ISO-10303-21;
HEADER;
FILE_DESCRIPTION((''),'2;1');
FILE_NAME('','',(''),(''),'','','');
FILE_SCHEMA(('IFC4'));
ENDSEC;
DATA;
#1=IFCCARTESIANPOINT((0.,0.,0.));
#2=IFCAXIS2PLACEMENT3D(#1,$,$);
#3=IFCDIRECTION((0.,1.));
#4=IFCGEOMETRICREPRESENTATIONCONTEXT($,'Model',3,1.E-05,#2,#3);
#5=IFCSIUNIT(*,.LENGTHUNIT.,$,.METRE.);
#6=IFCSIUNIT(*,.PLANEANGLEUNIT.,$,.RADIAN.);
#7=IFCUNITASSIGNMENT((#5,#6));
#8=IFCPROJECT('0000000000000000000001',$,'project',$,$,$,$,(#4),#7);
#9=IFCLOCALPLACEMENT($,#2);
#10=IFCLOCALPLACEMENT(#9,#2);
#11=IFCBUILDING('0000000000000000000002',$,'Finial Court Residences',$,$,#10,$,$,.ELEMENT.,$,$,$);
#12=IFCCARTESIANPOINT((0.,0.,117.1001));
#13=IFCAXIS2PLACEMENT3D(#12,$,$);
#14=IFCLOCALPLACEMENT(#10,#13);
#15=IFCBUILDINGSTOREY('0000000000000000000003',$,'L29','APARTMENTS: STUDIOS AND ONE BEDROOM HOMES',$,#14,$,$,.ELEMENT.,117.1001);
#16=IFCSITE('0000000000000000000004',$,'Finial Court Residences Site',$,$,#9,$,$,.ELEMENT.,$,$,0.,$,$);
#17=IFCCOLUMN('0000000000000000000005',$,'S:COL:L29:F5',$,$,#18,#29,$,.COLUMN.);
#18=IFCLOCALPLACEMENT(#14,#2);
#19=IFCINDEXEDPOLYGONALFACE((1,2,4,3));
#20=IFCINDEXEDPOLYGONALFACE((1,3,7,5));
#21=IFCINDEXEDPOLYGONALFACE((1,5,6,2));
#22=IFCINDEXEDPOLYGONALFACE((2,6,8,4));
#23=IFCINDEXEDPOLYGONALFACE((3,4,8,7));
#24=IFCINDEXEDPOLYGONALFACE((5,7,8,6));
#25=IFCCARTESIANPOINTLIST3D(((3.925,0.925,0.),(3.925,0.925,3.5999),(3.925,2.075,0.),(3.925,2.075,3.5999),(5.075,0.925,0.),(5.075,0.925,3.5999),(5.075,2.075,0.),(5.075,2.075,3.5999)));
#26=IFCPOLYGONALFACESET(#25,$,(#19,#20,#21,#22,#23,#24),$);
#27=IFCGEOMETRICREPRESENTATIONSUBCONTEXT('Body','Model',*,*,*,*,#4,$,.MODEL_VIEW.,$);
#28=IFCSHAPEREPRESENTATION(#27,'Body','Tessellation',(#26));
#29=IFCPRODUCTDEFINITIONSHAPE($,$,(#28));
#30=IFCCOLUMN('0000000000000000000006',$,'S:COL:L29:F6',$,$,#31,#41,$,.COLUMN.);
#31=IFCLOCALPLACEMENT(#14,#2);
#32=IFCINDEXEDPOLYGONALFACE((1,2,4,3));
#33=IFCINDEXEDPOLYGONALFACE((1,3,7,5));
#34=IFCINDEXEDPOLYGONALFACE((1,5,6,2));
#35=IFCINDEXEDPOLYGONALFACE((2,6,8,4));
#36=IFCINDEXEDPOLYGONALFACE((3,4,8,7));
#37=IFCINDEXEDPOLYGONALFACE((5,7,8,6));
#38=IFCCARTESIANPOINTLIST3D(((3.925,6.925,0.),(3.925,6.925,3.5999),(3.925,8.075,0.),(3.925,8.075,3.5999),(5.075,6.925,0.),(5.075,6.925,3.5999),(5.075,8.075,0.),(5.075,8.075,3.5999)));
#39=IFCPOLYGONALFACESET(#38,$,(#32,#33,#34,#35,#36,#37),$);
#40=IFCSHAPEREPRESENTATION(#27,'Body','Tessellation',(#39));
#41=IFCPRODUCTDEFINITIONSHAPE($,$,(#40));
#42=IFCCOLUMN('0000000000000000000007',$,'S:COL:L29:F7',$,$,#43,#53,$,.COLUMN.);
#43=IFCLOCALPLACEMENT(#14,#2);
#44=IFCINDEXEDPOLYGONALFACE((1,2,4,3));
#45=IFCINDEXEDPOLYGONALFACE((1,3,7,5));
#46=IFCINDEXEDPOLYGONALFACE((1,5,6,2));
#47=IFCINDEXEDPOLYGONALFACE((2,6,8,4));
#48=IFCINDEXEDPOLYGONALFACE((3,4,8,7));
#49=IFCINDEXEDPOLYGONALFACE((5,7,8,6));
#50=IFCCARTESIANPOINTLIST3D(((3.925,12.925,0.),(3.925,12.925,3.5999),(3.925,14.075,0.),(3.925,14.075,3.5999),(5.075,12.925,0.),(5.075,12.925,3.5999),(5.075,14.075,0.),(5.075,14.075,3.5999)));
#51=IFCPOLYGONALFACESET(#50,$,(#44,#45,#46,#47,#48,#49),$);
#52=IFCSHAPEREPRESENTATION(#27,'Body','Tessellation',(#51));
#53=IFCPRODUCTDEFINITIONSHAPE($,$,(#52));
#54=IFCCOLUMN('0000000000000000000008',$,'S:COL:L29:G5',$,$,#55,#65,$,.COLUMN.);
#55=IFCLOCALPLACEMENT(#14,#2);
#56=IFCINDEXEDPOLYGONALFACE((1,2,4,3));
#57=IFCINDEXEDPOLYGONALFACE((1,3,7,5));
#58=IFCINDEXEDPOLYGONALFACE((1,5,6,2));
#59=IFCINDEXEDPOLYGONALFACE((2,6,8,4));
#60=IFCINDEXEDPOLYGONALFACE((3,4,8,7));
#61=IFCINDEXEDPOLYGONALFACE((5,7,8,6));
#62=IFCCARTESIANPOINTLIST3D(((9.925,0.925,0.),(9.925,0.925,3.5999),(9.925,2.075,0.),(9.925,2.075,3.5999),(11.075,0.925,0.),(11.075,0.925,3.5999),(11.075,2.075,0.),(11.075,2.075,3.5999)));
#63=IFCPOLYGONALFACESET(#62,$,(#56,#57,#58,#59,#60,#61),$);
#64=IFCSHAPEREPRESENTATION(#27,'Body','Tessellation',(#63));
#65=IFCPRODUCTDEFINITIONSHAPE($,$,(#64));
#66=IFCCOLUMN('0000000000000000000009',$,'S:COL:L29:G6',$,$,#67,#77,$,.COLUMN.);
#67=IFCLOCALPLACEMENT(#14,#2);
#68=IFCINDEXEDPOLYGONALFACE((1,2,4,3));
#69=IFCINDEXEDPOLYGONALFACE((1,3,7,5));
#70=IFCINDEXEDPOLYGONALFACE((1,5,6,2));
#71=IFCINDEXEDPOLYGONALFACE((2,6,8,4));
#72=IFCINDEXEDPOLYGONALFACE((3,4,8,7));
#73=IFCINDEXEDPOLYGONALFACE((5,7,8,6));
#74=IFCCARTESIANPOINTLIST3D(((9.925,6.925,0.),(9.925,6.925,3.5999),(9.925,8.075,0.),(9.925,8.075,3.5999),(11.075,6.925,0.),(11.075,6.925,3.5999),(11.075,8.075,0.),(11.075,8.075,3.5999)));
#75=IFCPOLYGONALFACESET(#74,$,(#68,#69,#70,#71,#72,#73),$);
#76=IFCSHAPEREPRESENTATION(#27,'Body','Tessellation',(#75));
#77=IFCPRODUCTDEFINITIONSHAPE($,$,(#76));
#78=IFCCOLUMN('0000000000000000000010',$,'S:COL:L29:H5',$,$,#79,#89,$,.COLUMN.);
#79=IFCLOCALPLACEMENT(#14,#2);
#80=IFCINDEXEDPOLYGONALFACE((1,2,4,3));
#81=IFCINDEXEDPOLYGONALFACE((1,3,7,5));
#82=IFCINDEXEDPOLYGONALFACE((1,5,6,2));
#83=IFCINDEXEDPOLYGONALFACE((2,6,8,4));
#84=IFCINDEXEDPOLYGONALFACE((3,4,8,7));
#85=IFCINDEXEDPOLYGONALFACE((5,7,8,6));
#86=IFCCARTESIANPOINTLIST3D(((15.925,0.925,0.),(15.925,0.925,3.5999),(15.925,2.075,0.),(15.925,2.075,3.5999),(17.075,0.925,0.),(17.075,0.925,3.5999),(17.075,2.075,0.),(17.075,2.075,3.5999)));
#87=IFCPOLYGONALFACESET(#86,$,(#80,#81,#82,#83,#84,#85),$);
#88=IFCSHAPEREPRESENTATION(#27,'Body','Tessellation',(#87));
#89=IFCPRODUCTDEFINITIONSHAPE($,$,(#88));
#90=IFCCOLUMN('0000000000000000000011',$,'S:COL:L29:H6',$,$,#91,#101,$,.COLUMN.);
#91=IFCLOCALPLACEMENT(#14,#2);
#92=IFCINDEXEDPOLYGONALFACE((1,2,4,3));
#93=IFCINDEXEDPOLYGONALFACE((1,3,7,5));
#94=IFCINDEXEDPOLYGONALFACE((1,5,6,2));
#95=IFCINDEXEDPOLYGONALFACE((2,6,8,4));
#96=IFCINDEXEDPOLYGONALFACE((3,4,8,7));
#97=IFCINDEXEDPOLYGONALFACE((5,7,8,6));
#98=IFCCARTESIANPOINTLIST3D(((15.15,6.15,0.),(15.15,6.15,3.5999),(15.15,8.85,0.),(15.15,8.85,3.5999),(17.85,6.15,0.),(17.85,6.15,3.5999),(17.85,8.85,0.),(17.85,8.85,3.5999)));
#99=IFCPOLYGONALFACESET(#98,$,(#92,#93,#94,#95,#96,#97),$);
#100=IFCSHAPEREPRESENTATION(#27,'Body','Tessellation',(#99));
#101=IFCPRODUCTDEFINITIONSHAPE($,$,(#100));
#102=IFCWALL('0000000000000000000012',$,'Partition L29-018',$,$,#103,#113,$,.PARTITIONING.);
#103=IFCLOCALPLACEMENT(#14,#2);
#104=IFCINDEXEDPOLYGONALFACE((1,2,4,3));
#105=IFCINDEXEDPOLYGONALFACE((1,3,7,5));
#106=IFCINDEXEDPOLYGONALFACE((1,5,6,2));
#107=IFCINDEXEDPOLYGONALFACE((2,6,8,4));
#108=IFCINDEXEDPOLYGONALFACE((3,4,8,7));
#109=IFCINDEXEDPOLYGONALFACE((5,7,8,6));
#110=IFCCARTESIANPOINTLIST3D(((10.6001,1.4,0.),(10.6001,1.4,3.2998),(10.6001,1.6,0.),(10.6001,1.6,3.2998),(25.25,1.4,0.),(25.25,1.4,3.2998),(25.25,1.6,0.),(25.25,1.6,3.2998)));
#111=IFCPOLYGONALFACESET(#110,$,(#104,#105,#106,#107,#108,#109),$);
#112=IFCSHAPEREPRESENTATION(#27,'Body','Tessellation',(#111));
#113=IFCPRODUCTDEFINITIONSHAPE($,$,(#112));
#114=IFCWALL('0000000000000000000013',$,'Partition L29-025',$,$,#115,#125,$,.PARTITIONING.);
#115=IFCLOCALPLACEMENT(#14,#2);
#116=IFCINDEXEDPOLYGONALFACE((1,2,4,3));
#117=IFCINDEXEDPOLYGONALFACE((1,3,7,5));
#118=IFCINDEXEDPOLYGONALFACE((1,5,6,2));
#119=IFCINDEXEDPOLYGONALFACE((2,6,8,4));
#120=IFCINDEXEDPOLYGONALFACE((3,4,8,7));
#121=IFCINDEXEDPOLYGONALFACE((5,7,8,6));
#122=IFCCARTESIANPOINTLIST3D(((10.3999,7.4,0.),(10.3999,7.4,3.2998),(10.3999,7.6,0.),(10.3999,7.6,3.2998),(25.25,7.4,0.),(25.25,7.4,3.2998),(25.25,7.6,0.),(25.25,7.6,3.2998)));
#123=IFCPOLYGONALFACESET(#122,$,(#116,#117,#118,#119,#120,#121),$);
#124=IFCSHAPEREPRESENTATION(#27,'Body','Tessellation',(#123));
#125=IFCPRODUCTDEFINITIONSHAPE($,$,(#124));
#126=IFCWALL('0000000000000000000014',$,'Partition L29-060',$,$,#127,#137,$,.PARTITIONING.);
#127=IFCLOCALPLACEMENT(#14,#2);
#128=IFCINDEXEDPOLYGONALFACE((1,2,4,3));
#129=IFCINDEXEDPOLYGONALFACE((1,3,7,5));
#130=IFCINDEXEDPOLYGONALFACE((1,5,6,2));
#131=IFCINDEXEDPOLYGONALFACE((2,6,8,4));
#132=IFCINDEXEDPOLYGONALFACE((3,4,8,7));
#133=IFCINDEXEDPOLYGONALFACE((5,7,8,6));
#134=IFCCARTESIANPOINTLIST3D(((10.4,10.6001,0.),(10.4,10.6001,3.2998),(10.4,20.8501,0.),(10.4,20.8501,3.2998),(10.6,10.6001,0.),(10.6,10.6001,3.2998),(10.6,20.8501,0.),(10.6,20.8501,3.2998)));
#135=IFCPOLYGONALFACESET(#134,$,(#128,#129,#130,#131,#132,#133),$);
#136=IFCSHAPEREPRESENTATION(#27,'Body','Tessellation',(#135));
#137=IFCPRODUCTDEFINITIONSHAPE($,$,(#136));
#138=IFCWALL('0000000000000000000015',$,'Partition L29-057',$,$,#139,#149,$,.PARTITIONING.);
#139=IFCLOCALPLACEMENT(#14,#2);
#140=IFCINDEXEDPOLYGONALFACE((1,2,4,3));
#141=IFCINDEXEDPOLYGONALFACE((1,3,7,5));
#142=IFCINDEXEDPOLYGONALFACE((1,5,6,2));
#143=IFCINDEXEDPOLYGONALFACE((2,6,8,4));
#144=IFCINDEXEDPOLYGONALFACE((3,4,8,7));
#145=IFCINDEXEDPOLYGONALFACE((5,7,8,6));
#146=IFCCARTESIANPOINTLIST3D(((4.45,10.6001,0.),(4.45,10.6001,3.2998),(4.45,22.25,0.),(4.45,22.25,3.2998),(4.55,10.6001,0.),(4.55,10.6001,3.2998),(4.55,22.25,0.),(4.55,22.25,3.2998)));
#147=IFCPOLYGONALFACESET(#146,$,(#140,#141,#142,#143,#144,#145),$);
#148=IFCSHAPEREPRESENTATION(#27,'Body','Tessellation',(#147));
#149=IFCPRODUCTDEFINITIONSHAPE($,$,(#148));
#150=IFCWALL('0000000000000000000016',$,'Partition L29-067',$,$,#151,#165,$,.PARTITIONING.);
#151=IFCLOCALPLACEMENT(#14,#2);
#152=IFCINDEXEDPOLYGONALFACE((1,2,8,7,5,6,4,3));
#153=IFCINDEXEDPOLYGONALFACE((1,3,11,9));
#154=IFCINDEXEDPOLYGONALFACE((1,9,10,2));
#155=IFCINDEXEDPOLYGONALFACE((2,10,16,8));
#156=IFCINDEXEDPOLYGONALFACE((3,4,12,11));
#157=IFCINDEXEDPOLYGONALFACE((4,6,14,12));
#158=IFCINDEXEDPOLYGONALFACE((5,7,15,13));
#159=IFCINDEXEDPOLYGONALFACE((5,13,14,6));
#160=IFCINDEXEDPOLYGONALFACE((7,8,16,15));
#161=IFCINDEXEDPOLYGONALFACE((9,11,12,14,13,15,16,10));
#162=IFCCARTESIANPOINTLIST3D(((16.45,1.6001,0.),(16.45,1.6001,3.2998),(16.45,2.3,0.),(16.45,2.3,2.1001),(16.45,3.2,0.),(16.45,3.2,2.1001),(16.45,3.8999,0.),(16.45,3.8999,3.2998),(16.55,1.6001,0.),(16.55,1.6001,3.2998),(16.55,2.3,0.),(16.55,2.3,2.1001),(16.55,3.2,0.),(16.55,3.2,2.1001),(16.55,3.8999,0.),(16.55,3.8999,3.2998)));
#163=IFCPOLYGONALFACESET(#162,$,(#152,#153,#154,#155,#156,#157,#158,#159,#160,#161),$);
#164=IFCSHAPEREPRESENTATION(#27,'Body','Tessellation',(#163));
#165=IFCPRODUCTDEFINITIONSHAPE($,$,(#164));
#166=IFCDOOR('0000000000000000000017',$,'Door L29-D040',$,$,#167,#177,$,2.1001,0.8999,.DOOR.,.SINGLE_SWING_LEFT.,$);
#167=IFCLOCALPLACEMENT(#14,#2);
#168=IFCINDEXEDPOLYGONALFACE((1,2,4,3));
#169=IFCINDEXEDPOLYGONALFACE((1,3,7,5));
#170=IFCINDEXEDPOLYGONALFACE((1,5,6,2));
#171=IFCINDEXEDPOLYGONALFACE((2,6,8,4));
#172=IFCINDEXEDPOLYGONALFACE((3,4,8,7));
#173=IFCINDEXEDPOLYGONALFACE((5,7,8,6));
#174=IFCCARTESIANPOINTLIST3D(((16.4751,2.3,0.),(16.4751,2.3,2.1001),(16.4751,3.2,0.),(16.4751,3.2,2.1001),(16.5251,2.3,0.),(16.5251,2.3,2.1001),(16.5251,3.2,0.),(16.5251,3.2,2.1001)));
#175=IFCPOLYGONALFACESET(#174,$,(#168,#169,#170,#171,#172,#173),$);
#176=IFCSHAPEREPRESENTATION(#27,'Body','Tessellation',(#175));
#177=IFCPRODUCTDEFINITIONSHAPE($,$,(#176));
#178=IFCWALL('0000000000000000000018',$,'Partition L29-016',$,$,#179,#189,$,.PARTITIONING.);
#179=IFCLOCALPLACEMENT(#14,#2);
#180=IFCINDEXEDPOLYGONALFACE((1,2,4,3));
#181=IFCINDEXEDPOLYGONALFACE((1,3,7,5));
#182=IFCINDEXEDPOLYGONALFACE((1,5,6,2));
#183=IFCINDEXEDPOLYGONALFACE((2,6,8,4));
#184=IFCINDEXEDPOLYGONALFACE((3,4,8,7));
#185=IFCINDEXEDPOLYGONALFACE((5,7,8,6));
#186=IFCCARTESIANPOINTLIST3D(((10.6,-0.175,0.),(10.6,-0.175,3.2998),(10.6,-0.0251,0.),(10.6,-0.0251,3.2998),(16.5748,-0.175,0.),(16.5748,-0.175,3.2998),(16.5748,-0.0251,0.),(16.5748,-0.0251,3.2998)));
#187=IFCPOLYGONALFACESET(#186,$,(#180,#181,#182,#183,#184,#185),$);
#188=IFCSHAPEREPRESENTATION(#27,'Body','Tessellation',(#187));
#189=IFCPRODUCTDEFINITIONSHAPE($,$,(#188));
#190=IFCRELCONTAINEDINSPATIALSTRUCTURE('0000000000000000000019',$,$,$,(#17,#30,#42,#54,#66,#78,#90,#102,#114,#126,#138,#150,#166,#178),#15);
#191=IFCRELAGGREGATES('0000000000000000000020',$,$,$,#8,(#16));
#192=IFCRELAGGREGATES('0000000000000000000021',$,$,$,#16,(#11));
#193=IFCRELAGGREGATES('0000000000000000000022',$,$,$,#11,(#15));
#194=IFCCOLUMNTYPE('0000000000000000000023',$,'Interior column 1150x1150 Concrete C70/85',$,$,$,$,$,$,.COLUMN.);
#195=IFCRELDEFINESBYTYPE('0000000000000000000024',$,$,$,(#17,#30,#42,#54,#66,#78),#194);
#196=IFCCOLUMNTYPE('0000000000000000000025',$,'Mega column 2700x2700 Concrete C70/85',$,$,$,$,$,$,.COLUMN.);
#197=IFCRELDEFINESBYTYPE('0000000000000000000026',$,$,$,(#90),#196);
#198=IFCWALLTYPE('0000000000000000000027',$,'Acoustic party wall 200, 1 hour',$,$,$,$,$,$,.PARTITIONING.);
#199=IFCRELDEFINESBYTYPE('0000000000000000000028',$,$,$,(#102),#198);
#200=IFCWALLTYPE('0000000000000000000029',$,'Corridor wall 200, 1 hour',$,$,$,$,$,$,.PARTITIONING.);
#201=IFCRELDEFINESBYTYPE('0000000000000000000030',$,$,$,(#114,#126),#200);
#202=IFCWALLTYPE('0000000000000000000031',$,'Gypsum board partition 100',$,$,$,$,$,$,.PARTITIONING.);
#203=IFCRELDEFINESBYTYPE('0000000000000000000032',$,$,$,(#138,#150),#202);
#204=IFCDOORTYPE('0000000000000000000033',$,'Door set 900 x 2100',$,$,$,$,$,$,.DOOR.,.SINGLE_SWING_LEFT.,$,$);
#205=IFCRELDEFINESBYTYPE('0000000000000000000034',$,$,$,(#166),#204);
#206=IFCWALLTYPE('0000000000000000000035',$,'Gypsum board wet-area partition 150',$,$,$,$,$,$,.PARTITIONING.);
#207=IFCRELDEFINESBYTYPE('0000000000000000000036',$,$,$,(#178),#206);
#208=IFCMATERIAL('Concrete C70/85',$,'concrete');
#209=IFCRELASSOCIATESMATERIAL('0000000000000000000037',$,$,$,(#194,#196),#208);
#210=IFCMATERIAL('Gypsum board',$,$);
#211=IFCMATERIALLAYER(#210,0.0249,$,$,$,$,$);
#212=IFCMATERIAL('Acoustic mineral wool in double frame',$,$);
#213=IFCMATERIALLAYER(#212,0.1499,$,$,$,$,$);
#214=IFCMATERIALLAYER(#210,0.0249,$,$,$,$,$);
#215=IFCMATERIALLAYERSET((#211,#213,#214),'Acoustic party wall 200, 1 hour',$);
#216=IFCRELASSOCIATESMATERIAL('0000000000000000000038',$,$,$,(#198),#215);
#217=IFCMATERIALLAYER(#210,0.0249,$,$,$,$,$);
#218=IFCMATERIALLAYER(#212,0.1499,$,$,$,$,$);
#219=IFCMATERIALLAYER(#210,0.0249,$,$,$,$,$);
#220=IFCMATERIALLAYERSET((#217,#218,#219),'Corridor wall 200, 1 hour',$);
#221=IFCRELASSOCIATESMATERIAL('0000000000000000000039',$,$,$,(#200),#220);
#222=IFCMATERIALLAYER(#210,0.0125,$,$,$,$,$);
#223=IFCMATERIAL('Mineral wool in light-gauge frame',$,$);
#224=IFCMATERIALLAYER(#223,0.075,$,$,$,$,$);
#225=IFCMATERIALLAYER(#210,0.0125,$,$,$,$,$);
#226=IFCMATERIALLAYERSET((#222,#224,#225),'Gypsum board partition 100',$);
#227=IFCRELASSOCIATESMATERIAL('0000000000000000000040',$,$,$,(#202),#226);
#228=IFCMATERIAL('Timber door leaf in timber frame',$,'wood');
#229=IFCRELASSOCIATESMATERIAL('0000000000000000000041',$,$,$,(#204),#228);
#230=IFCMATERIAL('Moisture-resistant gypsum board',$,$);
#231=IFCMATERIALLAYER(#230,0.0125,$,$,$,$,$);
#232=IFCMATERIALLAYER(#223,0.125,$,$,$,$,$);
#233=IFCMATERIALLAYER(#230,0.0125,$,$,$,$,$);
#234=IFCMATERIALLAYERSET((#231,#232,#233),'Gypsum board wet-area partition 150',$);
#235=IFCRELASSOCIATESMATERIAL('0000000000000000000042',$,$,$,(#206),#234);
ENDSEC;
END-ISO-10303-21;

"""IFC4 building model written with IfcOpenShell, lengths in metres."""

from ifc_helpers import new_model, si_unit, direction, frame, frame_2d, origin, origin_2d, place, context, subcontext, project, spatial, rectangle, extrude, material, layer, layer_set, material_profile, profile_set, type_object, element, fill, save


model = new_model("IFC4")

# Units and contexts
model_context = context("Model", 3, precision=1e-05, world=origin(), true_north=direction((0.0, 1.0)))
body_context = subcontext(model_context, "Body", "Model", "MODEL_VIEW")
ifc_project = project(units=[si_unit("LENGTHUNIT", "METRE"), si_unit("PLANEANGLEUNIT", "RADIAN")], contexts=[model_context])

# Site, building, storey
site_placement = place(None, origin())
site = spatial("IfcSite", under=ifc_project, at=site_placement, Name="Finial Court Residences Site", CompositionType="ELEMENT", RefElevation=0.0)
building_placement = place(site_placement, origin())
building = spatial("IfcBuilding", under=site, at=building_placement, Name="Finial Court Residences", CompositionType="ELEMENT")
storey_placement = place(building_placement, frame((0.0, 0.0, 117.1001)))
storey = spatial("IfcBuildingStorey", under=building, at=storey_placement, Name="L29", Description="APARTMENTS: STUDIOS AND ONE BEDROOM HOMES", CompositionType="ELEMENT", Elevation=117.1001)

# Columns
ifc_material_1 = material(Name="Concrete C70/85", Category="concrete")
ifc_material_profile_1 = material_profile(ifc_material_1, rectangle(XDim=1.1499, YDim=1.1499, at=origin_2d()), Name="1150x1150")
ifc_profile_set_1 = profile_set([ifc_material_profile_1], Name="Concrete C70/85")
column_type_1 = type_object("IfcColumnType", Name="Interior column 1150x1150 Concrete C70/85", PredefinedType="COLUMN", material=ifc_profile_set_1)
for number, where, z_axis, x_axis, name in (
    (1, (4.5, 1.5, 0.0), (0.0, 0.0, 1.0), (1.0, 0.0, 0.0), "S:COL:L29:F5"),
    (2, (4.5, 7.5, 0.0), (0.0, 0.0, 1.0), (1.0, 0.0, 0.0), "S:COL:L29:F6"),
    (3, (4.5, 13.5, 0.0), (0.0, 0.0, 1.0), (1.0, 0.0, 0.0), "S:COL:L29:F7"),
    (4, (10.5, 1.5, 0.0), (0.0, 0.0, 1.0), (1.0, 0.0, 0.0), "S:COL:L29:G5"),
    (5, (10.5, 7.5, 0.0), (0.0, 0.0, 1.0), (1.0, 0.0, 0.0), "S:COL:L29:G6"),
    (6, (16.5, 1.5, 0.0), (0.0, 0.0, 1.0), (1.0, 0.0, 0.0), "S:COL:L29:H5"),
):
    element("IfcColumn", number, at=place(storey_placement, frame(where, z_axis=z_axis, x_axis=x_axis)), inside=storey, type_object=column_type_1, Name=name, PredefinedType="COLUMN", context=body_context, shape_type="SweptSolid", body=[
        extrude(rectangle(XDim=1.1499, YDim=1.1499, at=origin_2d()), origin(), (0.0, 0.0, 1.0), 3.5999),
    ])
ifc_material_profile_2 = material_profile(ifc_material_1, rectangle(XDim=2.7, YDim=2.7, at=origin_2d()), Name="2700x2700")
ifc_profile_set_2 = profile_set([ifc_material_profile_2], Name="Concrete C70/85")
column_type_2 = type_object("IfcColumnType", Name="Mega column 2700x2700 Concrete C70/85", PredefinedType="COLUMN", material=ifc_profile_set_2)
column_placement = place(storey_placement, frame((16.5, 7.5, 0.0), z_axis=(0.0, 0.0, 1.0), x_axis=(1.0, 0.0, 0.0)))
element("IfcColumn", 7, at=column_placement, inside=storey, type_object=column_type_2, Name="S:COL:L29:H6", PredefinedType="COLUMN", context=body_context, shape_type="SweptSolid", body=[
    extrude(rectangle(XDim=2.7, YDim=2.7, at=origin_2d()), origin(), (0.0, 0.0, 1.0), 3.5999),
])

# Walls
ifc_material_2 = material(Name="Gypsum board")
ifc_layer_1 = layer(ifc_material_2, 0.0249)
ifc_material_3 = material(Name="Acoustic mineral wool in double frame")
ifc_layer_2 = layer(ifc_material_3, 0.1499)
ifc_layer_3 = layer(ifc_material_2, 0.0249)
ifc_layer_set_1 = layer_set([ifc_layer_1, ifc_layer_2, ifc_layer_3], Name="Acoustic party wall 200, 1 hour")
wall_type_1 = type_object("IfcWallType", Name="Acoustic party wall 200, 1 hour", PredefinedType="PARTITIONING", material=ifc_layer_set_1)
wall_1_placement = place(storey_placement, frame((10.6001, 1.5, 0.0), z_axis=(0.0, 0.0, 1.0), x_axis=(1.0, 0.0, 0.0)))
element("IfcWall", 8, at=wall_1_placement, inside=storey, type_object=wall_type_1, Name="Partition L29-018", PredefinedType="PARTITIONING", context=body_context, shape_type="SweptSolid", body=[
    extrude(rectangle(XDim=14.6499, YDim=0.2, at=frame_2d((7.325, 0.0))), origin(), (0.0, 0.0, 1.0), 3.2998),
])
ifc_layer_4 = layer(ifc_material_2, 0.0249)
ifc_layer_5 = layer(ifc_material_3, 0.1499)
ifc_layer_6 = layer(ifc_material_2, 0.0249)
ifc_layer_set_2 = layer_set([ifc_layer_4, ifc_layer_5, ifc_layer_6], Name="Corridor wall 200, 1 hour")
wall_type_2 = type_object("IfcWallType", Name="Corridor wall 200, 1 hour", PredefinedType="PARTITIONING", material=ifc_layer_set_2)
wall_2_placement = place(storey_placement, frame((10.3999, 7.5, 0.0), z_axis=(0.0, 0.0, 1.0), x_axis=(1.0, 0.0, 0.0)))
element("IfcWall", 9, at=wall_2_placement, inside=storey, type_object=wall_type_2, Name="Partition L29-025", PredefinedType="PARTITIONING", context=body_context, shape_type="SweptSolid", body=[
    extrude(rectangle(XDim=14.8501, YDim=0.2, at=frame_2d((7.425, 0.0))), origin(), (0.0, 0.0, 1.0), 3.2998),
])
wall_3_placement = place(storey_placement, frame((10.5, 10.6001, 0.0), z_axis=(0.0, 0.0, 1.0), x_axis=(0.0, 1.0, 0.0)))
element("IfcWall", 10, at=wall_3_placement, inside=storey, type_object=wall_type_2, Name="Partition L29-060", PredefinedType="PARTITIONING", context=body_context, shape_type="SweptSolid", body=[
    extrude(rectangle(XDim=10.25, YDim=0.2, at=frame_2d((5.125, 0.0))), origin(), (0.0, 0.0, 1.0), 3.2998),
])
ifc_layer_7 = layer(ifc_material_2, 0.0125)
ifc_material_4 = material(Name="Mineral wool in light-gauge frame")
ifc_layer_8 = layer(ifc_material_4, 0.075)
ifc_layer_9 = layer(ifc_material_2, 0.0125)
ifc_layer_set_3 = layer_set([ifc_layer_7, ifc_layer_8, ifc_layer_9], Name="Gypsum board partition 100")
wall_type_3 = type_object("IfcWallType", Name="Gypsum board partition 100", PredefinedType="PARTITIONING", material=ifc_layer_set_3)
wall_4_placement = place(storey_placement, frame((4.5, 10.6001, 0.0), z_axis=(0.0, 0.0, 1.0), x_axis=(0.0, 1.0, 0.0)))
element("IfcWall", 11, at=wall_4_placement, inside=storey, type_object=wall_type_3, Name="Partition L29-057", PredefinedType="PARTITIONING", context=body_context, shape_type="SweptSolid", body=[
    extrude(rectangle(XDim=11.6499, YDim=0.1001, at=frame_2d((5.825, 0.0))), origin(), (0.0, 0.0, 1.0), 3.2998),
])

# Wall, opening, door
wall_5_placement = place(storey_placement, frame((16.5, 1.6001, 0.0), z_axis=(0.0, 0.0, 1.0), x_axis=(0.0, 1.0, 0.0)))
wall_5 = element("IfcWall", 12, at=wall_5_placement, inside=storey, type_object=wall_type_3, Name="Partition L29-067", PredefinedType="PARTITIONING", context=body_context, shape_type="SweptSolid", body=[
    extrude(rectangle(XDim=2.2998, YDim=0.1001, at=frame_2d((1.1499, 0.0))), origin(), (0.0, 0.0, 1.0), 3.2998),
])
opening_1_placement = place(wall_5_placement, frame((0.7, 0.0, 0.0)))
opening_1 = element("IfcOpeningElement", 13, at=opening_1_placement, cuts=wall_5, PredefinedType="OPENING", context=body_context, shape_type="SweptSolid", body=[
    extrude(rectangle(XDim=0.8999, YDim=2.1001, at=frame_2d((0.45, 1.05))), frame((0.0, 0.0601, 0.0), z_axis=(0.0, -1.0, 0.0), x_axis=(1.0, 0.0, 0.0)), (0.0, 0.0, 1.0), 0.1201),
])
ifc_material_5 = material(Name="Timber door leaf in timber frame", Category="wood")
door_type = type_object("IfcDoorType", Name="Door set 900 x 2100", OperationType="SINGLE_SWING_LEFT", PredefinedType="DOOR", material=ifc_material_5)
door_1_placement = place(opening_1_placement, origin())
door_1 = element("IfcDoor", 14, at=door_1_placement, inside=storey, type_object=door_type, Name="Door L29-D040", OperationType="SINGLE_SWING_LEFT", OverallHeight=2.1001, OverallWidth=0.8999, PredefinedType="DOOR", context=body_context, shape_type="SweptSolid", body=[
    extrude(rectangle(XDim=0.8999, YDim=2.1001, at=frame_2d((0.45, 1.05))), frame((0.0, 0.0249, 0.0), z_axis=(0.0, -1.0, 0.0), x_axis=(1.0, 0.0, 0.0)), (0.0, 0.0, 1.0), 0.05),
])
fill(opening_1, door_1)

# Wall
ifc_material_6 = material(Name="Moisture-resistant gypsum board")
ifc_layer_10 = layer(ifc_material_6, 0.0125)
ifc_layer_11 = layer(ifc_material_4, 0.125)
ifc_layer_12 = layer(ifc_material_6, 0.0125)
ifc_layer_set_4 = layer_set([ifc_layer_10, ifc_layer_11, ifc_layer_12], Name="Gypsum board wet-area partition 150")
wall_type_4 = type_object("IfcWallType", Name="Gypsum board wet-area partition 150", PredefinedType="PARTITIONING", material=ifc_layer_set_4)
wall_6_placement = place(storey_placement, frame((10.6001, -0.1001, 0.0), z_axis=(0.0, 0.0, 1.0), x_axis=(1.0, 0.0, 0.0)))
element("IfcWall", 15, at=wall_6_placement, inside=storey, type_object=wall_type_4, Name="Partition L29-016", PredefinedType="PARTITIONING", context=body_context, shape_type="SweptSolid", body=[
    extrude(rectangle(XDim=5.9749, YDim=0.1499, at=frame_2d((2.9873, 0.0))), origin(), (0.0, 0.0, 1.0), 3.2998),
])

save(model, "model.ifc")
